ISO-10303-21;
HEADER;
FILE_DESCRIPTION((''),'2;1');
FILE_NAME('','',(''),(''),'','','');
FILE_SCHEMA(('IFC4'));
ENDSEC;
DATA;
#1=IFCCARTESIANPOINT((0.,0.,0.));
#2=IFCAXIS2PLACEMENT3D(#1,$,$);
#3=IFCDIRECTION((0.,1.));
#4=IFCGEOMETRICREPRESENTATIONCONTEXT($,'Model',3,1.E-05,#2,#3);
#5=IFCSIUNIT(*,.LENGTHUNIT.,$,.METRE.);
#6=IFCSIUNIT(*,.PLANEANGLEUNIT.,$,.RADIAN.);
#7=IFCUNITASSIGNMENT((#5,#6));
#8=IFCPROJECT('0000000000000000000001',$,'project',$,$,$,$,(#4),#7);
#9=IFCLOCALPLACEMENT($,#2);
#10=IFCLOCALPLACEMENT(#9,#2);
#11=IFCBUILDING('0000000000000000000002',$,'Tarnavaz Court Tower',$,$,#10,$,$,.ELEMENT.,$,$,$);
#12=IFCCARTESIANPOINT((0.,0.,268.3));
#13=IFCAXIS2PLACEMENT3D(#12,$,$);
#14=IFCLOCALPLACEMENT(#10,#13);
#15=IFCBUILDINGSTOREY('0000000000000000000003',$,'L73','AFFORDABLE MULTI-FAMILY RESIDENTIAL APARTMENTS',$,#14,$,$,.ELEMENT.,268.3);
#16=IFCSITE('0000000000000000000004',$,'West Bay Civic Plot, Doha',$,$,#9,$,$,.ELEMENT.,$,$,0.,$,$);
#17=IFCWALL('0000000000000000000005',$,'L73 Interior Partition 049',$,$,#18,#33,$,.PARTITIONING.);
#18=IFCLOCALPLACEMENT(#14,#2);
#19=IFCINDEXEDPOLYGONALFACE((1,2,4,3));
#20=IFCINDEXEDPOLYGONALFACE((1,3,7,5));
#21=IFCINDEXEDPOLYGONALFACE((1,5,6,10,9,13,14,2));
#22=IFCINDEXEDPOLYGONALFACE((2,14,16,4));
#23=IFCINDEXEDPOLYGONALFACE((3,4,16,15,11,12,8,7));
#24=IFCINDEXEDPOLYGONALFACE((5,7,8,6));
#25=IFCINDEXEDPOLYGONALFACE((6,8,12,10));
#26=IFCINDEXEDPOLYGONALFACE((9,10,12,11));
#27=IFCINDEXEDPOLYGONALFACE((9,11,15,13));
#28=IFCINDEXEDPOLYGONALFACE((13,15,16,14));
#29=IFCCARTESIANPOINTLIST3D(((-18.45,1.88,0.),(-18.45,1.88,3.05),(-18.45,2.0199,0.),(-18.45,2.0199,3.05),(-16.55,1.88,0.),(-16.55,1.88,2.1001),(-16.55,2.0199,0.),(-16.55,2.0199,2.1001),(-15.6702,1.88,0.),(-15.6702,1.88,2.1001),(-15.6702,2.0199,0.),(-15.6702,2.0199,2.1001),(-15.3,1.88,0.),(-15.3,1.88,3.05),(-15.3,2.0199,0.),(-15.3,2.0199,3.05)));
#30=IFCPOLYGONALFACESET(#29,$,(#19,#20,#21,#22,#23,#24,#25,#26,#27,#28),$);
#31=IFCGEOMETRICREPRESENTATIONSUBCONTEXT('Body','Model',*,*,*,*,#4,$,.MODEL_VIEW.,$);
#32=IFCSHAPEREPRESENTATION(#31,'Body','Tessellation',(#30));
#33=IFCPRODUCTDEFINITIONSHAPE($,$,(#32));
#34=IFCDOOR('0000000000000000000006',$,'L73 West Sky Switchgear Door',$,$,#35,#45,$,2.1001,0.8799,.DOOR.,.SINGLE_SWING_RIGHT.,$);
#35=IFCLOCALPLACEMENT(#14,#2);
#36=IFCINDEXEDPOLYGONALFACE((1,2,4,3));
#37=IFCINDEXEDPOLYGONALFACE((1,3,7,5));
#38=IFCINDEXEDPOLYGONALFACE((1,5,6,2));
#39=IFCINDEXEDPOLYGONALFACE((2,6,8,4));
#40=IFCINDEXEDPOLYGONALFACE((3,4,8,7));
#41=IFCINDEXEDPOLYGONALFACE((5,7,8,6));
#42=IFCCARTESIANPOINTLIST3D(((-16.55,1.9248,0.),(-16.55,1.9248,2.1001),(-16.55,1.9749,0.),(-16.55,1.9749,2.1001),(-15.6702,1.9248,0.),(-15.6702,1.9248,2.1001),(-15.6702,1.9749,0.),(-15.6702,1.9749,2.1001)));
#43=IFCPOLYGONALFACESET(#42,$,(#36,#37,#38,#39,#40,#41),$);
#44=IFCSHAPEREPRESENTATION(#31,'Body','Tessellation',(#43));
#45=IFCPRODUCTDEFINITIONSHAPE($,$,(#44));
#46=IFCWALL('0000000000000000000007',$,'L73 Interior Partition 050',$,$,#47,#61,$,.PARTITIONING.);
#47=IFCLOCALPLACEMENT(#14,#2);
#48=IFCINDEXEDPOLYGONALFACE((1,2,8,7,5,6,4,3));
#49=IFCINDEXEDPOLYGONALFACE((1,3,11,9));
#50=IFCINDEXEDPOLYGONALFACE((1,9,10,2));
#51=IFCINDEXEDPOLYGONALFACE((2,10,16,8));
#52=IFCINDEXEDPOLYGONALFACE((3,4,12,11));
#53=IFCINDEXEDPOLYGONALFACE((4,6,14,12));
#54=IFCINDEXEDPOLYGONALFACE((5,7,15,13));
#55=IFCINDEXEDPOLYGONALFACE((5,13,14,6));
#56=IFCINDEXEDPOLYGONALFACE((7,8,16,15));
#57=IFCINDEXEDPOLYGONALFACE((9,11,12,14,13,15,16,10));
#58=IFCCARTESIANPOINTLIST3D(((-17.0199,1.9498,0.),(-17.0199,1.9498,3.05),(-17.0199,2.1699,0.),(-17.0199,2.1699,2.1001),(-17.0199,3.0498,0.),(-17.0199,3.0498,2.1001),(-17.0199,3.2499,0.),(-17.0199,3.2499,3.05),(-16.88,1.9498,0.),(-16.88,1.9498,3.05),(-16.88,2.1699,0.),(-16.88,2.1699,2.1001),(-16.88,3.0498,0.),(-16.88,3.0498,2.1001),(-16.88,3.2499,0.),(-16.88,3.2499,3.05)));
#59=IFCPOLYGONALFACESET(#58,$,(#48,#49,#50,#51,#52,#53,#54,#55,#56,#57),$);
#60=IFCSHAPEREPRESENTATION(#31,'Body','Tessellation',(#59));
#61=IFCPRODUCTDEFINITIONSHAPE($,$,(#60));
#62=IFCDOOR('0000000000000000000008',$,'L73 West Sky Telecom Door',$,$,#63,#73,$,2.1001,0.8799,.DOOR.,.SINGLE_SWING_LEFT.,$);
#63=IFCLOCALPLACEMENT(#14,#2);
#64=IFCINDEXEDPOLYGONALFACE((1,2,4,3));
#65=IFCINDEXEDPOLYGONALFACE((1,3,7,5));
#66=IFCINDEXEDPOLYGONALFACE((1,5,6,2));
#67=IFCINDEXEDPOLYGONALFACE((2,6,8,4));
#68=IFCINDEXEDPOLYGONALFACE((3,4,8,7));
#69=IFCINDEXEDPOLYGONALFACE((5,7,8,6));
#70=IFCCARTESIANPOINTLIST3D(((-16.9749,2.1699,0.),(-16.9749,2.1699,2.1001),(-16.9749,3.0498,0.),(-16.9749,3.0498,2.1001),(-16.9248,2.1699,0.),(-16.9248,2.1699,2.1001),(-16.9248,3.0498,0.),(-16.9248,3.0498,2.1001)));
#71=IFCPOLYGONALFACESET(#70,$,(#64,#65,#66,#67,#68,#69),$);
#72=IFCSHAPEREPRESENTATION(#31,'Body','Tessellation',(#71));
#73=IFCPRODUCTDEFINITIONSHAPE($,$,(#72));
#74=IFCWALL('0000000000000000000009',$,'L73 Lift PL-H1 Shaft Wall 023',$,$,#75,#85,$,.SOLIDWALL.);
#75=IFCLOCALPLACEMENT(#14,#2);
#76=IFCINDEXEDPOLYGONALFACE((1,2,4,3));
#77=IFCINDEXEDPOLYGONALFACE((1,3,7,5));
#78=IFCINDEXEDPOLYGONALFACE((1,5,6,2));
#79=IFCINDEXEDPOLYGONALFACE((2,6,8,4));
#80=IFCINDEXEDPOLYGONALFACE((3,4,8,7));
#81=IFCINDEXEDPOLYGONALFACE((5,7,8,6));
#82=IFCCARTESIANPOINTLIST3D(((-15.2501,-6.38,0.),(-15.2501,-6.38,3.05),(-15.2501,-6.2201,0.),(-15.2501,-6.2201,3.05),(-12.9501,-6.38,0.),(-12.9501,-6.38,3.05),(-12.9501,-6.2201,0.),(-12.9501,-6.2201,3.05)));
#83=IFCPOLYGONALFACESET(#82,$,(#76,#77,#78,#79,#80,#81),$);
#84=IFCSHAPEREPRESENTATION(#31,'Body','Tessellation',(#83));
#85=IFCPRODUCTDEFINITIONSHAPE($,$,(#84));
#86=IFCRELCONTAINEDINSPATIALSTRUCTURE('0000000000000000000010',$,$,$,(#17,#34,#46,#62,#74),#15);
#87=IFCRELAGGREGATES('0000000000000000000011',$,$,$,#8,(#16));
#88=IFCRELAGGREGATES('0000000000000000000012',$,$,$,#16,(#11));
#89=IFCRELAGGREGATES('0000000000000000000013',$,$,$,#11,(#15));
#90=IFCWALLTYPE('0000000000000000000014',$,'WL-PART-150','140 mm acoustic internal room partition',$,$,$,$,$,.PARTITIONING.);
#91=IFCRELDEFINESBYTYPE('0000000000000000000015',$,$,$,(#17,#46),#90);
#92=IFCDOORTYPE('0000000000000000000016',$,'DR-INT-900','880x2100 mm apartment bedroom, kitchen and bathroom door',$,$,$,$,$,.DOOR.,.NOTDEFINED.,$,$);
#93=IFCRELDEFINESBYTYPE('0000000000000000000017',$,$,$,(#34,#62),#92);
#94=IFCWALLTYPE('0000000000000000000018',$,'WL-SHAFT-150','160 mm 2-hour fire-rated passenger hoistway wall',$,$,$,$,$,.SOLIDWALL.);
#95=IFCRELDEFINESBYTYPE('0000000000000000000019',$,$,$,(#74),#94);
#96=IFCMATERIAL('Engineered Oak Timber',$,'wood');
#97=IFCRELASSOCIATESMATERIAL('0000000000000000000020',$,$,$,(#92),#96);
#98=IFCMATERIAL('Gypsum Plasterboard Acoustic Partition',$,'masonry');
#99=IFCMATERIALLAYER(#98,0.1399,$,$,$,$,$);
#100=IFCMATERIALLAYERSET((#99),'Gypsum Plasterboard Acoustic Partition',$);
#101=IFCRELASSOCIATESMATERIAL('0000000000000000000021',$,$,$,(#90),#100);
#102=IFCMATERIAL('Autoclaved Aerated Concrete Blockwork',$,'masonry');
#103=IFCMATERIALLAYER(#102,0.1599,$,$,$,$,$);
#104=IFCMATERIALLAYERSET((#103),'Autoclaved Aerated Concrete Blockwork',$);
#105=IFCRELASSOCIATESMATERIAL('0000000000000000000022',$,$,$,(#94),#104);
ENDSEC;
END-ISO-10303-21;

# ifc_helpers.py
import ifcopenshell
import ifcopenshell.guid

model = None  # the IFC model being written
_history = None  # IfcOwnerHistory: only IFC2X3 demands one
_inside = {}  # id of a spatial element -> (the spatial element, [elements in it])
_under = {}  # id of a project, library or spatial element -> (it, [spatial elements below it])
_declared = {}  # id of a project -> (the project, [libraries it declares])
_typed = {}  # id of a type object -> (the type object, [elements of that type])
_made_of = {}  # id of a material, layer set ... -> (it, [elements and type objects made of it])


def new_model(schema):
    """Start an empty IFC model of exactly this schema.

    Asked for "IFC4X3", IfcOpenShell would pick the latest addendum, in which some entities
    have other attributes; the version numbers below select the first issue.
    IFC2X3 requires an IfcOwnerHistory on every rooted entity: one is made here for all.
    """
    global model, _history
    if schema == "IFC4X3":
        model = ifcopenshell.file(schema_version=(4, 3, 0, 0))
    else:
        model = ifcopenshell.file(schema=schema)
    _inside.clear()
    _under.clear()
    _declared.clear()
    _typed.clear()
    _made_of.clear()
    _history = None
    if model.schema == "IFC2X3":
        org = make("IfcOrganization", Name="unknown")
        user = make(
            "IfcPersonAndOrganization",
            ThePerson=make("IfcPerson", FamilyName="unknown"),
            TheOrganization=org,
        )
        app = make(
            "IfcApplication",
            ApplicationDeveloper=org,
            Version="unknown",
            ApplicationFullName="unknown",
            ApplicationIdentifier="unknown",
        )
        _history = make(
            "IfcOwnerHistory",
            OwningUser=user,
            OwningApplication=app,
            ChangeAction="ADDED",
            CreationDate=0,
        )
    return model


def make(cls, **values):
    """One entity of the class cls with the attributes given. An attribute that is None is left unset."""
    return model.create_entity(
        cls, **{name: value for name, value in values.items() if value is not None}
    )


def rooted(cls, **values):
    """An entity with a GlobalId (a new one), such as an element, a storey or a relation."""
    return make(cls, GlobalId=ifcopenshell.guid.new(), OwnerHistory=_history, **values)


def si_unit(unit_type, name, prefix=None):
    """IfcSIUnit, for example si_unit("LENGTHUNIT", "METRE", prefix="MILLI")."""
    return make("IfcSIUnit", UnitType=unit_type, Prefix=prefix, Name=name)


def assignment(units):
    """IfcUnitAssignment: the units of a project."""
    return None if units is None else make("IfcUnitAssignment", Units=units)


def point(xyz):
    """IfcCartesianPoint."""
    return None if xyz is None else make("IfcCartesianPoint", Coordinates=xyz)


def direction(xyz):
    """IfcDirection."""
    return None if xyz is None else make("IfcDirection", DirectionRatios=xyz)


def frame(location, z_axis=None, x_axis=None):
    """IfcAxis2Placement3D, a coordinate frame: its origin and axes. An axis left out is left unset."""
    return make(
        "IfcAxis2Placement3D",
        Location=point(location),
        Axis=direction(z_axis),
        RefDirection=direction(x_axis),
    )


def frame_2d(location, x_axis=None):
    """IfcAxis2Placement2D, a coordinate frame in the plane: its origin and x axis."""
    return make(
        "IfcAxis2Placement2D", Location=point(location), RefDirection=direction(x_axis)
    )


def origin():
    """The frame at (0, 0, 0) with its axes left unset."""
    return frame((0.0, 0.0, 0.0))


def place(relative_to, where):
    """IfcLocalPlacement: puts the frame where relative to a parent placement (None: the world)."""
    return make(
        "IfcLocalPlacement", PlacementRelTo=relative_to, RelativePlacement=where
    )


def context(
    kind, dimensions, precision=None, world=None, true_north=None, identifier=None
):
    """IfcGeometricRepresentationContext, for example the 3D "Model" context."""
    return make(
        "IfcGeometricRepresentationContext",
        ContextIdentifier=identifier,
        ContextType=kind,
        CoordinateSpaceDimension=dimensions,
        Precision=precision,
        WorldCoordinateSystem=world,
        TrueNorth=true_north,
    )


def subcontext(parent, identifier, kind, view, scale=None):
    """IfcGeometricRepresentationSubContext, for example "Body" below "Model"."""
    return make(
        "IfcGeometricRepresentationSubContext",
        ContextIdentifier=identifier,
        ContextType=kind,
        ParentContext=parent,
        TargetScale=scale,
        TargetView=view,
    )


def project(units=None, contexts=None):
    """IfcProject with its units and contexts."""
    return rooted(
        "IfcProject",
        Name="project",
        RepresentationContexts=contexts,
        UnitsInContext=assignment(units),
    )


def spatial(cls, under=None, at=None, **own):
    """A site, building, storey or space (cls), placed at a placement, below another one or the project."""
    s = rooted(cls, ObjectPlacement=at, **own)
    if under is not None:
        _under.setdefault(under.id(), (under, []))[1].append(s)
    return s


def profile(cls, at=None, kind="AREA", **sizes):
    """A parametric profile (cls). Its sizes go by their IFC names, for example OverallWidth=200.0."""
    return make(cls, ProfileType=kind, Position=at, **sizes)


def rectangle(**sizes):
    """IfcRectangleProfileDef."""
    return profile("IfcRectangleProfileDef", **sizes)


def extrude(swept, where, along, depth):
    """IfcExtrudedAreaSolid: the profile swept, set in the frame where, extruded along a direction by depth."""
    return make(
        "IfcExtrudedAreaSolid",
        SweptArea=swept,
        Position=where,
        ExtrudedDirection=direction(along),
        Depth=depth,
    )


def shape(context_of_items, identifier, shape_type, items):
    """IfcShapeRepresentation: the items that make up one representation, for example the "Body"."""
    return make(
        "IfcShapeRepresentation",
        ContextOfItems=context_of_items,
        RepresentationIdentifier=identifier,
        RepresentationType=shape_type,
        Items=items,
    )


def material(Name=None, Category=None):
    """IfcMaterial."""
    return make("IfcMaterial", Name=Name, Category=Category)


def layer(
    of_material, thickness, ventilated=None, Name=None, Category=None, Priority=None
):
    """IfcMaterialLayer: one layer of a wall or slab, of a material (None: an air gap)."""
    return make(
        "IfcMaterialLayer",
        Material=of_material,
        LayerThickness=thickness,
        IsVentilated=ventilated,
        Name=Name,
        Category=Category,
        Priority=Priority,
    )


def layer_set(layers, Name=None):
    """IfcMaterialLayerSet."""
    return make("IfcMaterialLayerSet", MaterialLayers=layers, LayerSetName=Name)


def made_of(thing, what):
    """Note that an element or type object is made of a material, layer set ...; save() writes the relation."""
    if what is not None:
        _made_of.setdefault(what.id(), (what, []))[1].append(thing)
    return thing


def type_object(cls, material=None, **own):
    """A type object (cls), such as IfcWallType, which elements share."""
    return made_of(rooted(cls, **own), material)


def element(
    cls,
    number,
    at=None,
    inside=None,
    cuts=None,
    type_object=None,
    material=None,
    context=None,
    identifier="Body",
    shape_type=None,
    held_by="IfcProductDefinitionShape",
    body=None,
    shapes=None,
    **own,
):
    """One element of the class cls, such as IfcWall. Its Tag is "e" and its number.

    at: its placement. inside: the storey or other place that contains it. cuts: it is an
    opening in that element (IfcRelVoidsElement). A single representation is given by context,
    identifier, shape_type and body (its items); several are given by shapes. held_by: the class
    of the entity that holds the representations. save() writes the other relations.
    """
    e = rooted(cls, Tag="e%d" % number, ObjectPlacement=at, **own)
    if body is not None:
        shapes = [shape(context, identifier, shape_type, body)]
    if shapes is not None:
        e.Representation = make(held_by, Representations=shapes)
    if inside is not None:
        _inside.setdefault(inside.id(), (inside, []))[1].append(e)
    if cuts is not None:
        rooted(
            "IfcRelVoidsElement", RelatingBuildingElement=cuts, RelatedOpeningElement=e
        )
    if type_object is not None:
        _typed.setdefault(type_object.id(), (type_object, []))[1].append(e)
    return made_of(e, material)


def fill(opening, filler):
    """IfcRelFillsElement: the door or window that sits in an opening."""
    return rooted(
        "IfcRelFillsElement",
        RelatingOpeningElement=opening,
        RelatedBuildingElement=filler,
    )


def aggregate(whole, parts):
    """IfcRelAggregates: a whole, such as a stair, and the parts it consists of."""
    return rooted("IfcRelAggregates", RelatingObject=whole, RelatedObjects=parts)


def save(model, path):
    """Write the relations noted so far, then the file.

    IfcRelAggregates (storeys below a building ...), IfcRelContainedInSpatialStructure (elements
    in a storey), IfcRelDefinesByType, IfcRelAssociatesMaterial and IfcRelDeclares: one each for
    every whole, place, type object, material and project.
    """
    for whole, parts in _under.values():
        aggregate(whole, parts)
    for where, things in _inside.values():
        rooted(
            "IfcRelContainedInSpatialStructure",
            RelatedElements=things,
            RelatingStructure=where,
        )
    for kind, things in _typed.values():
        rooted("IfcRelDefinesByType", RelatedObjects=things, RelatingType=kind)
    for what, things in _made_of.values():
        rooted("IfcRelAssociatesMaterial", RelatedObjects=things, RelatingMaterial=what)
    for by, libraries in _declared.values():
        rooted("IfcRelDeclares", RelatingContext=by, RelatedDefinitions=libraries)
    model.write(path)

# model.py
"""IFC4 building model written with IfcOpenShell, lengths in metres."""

from ifc_helpers import new_model, si_unit, direction, frame, frame_2d, origin, place, context, subcontext, project, spatial, rectangle, extrude, material, layer, layer_set, type_object, element, fill, save


model = new_model("IFC4")

# Units and contexts
model_context = context("Model", 3, precision=1e-05, world=origin(), true_north=direction((0.0, 1.0)))
body_context = subcontext(model_context, "Body", "Model", "MODEL_VIEW")
ifc_project = project(units=[si_unit("LENGTHUNIT", "METRE"), si_unit("PLANEANGLEUNIT", "RADIAN")], contexts=[model_context])

# Site, building, storey
site_placement = place(None, origin())
site = spatial("IfcSite", under=ifc_project, at=site_placement, Name="West Bay Civic Plot, Doha", CompositionType="ELEMENT", RefElevation=0.0)
building_placement = place(site_placement, origin())
building = spatial("IfcBuilding", under=site, at=building_placement, Name="Tarnavaz Court Tower", CompositionType="ELEMENT")
storey_placement = place(building_placement, frame((0.0, 0.0, 268.3)))
storey = spatial("IfcBuildingStorey", under=building, at=storey_placement, Name="L73", Description="AFFORDABLE MULTI-FAMILY RESIDENTIAL APARTMENTS", CompositionType="ELEMENT", Elevation=268.3)

# Shared definitions
ifc_material_1 = material(Name="Engineered Oak Timber", Category="wood")

# Shared definitions
door_type_1 = type_object("IfcDoorType", Name="DR-INT-900", Description="880x2100 mm apartment bedroom, kitchen and bathroom door", OperationType="NOTDEFINED", PredefinedType="DOOR", material=ifc_material_1)

# Walls, openings, doors
ifc_material_2 = material(Name="Gypsum Plasterboard Acoustic Partition", Category="masonry")
ifc_layer_1 = layer(ifc_material_2, 0.1399)
ifc_layer_set_1 = layer_set([ifc_layer_1], Name="Gypsum Plasterboard Acoustic Partition")
wall_type_1 = type_object("IfcWallType", Name="WL-PART-150", Description="140 mm acoustic internal room partition", PredefinedType="PARTITIONING", material=ifc_layer_set_1)
wall_1_placement = place(storey_placement, frame((-18.45, 1.95, 0.0), z_axis=(0.0, 0.0, 1.0), x_axis=(1.0, 0.0, 0.0)))
wall_1 = element("IfcWall", 1, at=wall_1_placement, inside=storey, type_object=wall_type_1, Name="L73 Interior Partition 049", PredefinedType="PARTITIONING", context=body_context, shape_type="SweptSolid", body=[
    extrude(rectangle(XDim=3.1499, YDim=0.1399, at=frame_2d((1.575, 0.0))), origin(), (0.0, 0.0, 1.0), 3.05),
])
opening_1_placement = place(wall_1_placement, frame((1.8999, 0.0, 0.0)))
opening_1 = element("IfcOpeningElement", 2, at=opening_1_placement, cuts=wall_1, PredefinedType="OPENING", context=body_context, shape_type="SweptSolid", body=[
    extrude(rectangle(XDim=0.8799, YDim=2.1001, at=frame_2d((0.4399, 1.05))), frame((0.0, 0.0798, 0.0), z_axis=(0.0, -1.0, 0.0), x_axis=(1.0, 0.0, 0.0)), (0.0, 0.0, 1.0), 0.1599),
])
door_1_placement = place(opening_1_placement, origin())
door_1 = element("IfcDoor", 3, at=door_1_placement, inside=storey, type_object=door_type_1, Name="L73 West Sky Switchgear Door", OperationType="SINGLE_SWING_RIGHT", OverallHeight=2.1001, OverallWidth=0.8799, PredefinedType="DOOR", context=body_context, shape_type="SweptSolid", body=[
    extrude(rectangle(XDim=0.8799, YDim=2.1001, at=frame_2d((0.4399, 1.05))), frame((0.0, 0.0249, 0.0), z_axis=(0.0, -1.0, 0.0), x_axis=(1.0, 0.0, 0.0)), (0.0, 0.0, 1.0), 0.05),
])
fill(opening_1, door_1)
wall_2_placement = place(storey_placement, frame((-16.95, 1.95, 0.0), z_axis=(0.0, 0.0, 1.0), x_axis=(0.0, 1.0, 0.0)))
wall_2 = element("IfcWall", 4, at=wall_2_placement, inside=storey, type_object=wall_type_1, Name="L73 Interior Partition 050", PredefinedType="PARTITIONING", context=body_context, shape_type="SweptSolid", body=[
    extrude(rectangle(XDim=1.3, YDim=0.1399, at=frame_2d((0.6499, 0.0))), origin(), (0.0, 0.0, 1.0), 3.05),
])
opening_2_placement = place(wall_2_placement, frame((0.22, 0.0, 0.0)))
opening_2 = element("IfcOpeningElement", 5, at=opening_2_placement, cuts=wall_2, PredefinedType="OPENING", context=body_context, shape_type="SweptSolid", body=[
    extrude(rectangle(XDim=0.8799, YDim=2.1001, at=frame_2d((0.4399, 1.05))), frame((0.0, 0.0798, 0.0), z_axis=(0.0, -1.0, 0.0), x_axis=(1.0, 0.0, 0.0)), (0.0, 0.0, 1.0), 0.1599),
])
door_2_placement = place(opening_2_placement, origin())
door_2 = element("IfcDoor", 6, at=door_2_placement, inside=storey, type_object=door_type_1, Name="L73 West Sky Telecom Door", OperationType="SINGLE_SWING_LEFT", OverallHeight=2.1001, OverallWidth=0.8799, PredefinedType="DOOR", context=body_context, shape_type="SweptSolid", body=[
    extrude(rectangle(XDim=0.8799, YDim=2.1001, at=frame_2d((0.4399, 1.05))), frame((0.0, 0.0249, 0.0), z_axis=(0.0, -1.0, 0.0), x_axis=(1.0, 0.0, 0.0)), (0.0, 0.0, 1.0), 0.05),
])
fill(opening_2, door_2)
ifc_material_3 = material(Name="Autoclaved Aerated Concrete Blockwork", Category="masonry")
ifc_layer_2 = layer(ifc_material_3, 0.1599)
ifc_layer_set_2 = layer_set([ifc_layer_2], Name="Autoclaved Aerated Concrete Blockwork")
wall_type_2 = type_object("IfcWallType", Name="WL-SHAFT-150", Description="160 mm 2-hour fire-rated passenger hoistway wall", PredefinedType="SOLIDWALL", material=ifc_layer_set_2)

# Wall
wall_3_placement = place(storey_placement, frame((-15.25, -6.3, 0.0), z_axis=(0.0, 0.0, 1.0), x_axis=(1.0, 0.0, 0.0)))
element("IfcWall", 7, at=wall_3_placement, inside=storey, type_object=wall_type_2, Name="L73 Lift PL-H1 Shaft Wall 023", PredefinedType="SOLIDWALL", context=body_context, shape_type="SweptSolid", body=[
    extrude(rectangle(XDim=2.3, YDim=0.1599, at=frame_2d((1.1499, 0.0))), origin(), (0.0, 0.0, 1.0), 3.05),
])

save(model, "model.ifc")
